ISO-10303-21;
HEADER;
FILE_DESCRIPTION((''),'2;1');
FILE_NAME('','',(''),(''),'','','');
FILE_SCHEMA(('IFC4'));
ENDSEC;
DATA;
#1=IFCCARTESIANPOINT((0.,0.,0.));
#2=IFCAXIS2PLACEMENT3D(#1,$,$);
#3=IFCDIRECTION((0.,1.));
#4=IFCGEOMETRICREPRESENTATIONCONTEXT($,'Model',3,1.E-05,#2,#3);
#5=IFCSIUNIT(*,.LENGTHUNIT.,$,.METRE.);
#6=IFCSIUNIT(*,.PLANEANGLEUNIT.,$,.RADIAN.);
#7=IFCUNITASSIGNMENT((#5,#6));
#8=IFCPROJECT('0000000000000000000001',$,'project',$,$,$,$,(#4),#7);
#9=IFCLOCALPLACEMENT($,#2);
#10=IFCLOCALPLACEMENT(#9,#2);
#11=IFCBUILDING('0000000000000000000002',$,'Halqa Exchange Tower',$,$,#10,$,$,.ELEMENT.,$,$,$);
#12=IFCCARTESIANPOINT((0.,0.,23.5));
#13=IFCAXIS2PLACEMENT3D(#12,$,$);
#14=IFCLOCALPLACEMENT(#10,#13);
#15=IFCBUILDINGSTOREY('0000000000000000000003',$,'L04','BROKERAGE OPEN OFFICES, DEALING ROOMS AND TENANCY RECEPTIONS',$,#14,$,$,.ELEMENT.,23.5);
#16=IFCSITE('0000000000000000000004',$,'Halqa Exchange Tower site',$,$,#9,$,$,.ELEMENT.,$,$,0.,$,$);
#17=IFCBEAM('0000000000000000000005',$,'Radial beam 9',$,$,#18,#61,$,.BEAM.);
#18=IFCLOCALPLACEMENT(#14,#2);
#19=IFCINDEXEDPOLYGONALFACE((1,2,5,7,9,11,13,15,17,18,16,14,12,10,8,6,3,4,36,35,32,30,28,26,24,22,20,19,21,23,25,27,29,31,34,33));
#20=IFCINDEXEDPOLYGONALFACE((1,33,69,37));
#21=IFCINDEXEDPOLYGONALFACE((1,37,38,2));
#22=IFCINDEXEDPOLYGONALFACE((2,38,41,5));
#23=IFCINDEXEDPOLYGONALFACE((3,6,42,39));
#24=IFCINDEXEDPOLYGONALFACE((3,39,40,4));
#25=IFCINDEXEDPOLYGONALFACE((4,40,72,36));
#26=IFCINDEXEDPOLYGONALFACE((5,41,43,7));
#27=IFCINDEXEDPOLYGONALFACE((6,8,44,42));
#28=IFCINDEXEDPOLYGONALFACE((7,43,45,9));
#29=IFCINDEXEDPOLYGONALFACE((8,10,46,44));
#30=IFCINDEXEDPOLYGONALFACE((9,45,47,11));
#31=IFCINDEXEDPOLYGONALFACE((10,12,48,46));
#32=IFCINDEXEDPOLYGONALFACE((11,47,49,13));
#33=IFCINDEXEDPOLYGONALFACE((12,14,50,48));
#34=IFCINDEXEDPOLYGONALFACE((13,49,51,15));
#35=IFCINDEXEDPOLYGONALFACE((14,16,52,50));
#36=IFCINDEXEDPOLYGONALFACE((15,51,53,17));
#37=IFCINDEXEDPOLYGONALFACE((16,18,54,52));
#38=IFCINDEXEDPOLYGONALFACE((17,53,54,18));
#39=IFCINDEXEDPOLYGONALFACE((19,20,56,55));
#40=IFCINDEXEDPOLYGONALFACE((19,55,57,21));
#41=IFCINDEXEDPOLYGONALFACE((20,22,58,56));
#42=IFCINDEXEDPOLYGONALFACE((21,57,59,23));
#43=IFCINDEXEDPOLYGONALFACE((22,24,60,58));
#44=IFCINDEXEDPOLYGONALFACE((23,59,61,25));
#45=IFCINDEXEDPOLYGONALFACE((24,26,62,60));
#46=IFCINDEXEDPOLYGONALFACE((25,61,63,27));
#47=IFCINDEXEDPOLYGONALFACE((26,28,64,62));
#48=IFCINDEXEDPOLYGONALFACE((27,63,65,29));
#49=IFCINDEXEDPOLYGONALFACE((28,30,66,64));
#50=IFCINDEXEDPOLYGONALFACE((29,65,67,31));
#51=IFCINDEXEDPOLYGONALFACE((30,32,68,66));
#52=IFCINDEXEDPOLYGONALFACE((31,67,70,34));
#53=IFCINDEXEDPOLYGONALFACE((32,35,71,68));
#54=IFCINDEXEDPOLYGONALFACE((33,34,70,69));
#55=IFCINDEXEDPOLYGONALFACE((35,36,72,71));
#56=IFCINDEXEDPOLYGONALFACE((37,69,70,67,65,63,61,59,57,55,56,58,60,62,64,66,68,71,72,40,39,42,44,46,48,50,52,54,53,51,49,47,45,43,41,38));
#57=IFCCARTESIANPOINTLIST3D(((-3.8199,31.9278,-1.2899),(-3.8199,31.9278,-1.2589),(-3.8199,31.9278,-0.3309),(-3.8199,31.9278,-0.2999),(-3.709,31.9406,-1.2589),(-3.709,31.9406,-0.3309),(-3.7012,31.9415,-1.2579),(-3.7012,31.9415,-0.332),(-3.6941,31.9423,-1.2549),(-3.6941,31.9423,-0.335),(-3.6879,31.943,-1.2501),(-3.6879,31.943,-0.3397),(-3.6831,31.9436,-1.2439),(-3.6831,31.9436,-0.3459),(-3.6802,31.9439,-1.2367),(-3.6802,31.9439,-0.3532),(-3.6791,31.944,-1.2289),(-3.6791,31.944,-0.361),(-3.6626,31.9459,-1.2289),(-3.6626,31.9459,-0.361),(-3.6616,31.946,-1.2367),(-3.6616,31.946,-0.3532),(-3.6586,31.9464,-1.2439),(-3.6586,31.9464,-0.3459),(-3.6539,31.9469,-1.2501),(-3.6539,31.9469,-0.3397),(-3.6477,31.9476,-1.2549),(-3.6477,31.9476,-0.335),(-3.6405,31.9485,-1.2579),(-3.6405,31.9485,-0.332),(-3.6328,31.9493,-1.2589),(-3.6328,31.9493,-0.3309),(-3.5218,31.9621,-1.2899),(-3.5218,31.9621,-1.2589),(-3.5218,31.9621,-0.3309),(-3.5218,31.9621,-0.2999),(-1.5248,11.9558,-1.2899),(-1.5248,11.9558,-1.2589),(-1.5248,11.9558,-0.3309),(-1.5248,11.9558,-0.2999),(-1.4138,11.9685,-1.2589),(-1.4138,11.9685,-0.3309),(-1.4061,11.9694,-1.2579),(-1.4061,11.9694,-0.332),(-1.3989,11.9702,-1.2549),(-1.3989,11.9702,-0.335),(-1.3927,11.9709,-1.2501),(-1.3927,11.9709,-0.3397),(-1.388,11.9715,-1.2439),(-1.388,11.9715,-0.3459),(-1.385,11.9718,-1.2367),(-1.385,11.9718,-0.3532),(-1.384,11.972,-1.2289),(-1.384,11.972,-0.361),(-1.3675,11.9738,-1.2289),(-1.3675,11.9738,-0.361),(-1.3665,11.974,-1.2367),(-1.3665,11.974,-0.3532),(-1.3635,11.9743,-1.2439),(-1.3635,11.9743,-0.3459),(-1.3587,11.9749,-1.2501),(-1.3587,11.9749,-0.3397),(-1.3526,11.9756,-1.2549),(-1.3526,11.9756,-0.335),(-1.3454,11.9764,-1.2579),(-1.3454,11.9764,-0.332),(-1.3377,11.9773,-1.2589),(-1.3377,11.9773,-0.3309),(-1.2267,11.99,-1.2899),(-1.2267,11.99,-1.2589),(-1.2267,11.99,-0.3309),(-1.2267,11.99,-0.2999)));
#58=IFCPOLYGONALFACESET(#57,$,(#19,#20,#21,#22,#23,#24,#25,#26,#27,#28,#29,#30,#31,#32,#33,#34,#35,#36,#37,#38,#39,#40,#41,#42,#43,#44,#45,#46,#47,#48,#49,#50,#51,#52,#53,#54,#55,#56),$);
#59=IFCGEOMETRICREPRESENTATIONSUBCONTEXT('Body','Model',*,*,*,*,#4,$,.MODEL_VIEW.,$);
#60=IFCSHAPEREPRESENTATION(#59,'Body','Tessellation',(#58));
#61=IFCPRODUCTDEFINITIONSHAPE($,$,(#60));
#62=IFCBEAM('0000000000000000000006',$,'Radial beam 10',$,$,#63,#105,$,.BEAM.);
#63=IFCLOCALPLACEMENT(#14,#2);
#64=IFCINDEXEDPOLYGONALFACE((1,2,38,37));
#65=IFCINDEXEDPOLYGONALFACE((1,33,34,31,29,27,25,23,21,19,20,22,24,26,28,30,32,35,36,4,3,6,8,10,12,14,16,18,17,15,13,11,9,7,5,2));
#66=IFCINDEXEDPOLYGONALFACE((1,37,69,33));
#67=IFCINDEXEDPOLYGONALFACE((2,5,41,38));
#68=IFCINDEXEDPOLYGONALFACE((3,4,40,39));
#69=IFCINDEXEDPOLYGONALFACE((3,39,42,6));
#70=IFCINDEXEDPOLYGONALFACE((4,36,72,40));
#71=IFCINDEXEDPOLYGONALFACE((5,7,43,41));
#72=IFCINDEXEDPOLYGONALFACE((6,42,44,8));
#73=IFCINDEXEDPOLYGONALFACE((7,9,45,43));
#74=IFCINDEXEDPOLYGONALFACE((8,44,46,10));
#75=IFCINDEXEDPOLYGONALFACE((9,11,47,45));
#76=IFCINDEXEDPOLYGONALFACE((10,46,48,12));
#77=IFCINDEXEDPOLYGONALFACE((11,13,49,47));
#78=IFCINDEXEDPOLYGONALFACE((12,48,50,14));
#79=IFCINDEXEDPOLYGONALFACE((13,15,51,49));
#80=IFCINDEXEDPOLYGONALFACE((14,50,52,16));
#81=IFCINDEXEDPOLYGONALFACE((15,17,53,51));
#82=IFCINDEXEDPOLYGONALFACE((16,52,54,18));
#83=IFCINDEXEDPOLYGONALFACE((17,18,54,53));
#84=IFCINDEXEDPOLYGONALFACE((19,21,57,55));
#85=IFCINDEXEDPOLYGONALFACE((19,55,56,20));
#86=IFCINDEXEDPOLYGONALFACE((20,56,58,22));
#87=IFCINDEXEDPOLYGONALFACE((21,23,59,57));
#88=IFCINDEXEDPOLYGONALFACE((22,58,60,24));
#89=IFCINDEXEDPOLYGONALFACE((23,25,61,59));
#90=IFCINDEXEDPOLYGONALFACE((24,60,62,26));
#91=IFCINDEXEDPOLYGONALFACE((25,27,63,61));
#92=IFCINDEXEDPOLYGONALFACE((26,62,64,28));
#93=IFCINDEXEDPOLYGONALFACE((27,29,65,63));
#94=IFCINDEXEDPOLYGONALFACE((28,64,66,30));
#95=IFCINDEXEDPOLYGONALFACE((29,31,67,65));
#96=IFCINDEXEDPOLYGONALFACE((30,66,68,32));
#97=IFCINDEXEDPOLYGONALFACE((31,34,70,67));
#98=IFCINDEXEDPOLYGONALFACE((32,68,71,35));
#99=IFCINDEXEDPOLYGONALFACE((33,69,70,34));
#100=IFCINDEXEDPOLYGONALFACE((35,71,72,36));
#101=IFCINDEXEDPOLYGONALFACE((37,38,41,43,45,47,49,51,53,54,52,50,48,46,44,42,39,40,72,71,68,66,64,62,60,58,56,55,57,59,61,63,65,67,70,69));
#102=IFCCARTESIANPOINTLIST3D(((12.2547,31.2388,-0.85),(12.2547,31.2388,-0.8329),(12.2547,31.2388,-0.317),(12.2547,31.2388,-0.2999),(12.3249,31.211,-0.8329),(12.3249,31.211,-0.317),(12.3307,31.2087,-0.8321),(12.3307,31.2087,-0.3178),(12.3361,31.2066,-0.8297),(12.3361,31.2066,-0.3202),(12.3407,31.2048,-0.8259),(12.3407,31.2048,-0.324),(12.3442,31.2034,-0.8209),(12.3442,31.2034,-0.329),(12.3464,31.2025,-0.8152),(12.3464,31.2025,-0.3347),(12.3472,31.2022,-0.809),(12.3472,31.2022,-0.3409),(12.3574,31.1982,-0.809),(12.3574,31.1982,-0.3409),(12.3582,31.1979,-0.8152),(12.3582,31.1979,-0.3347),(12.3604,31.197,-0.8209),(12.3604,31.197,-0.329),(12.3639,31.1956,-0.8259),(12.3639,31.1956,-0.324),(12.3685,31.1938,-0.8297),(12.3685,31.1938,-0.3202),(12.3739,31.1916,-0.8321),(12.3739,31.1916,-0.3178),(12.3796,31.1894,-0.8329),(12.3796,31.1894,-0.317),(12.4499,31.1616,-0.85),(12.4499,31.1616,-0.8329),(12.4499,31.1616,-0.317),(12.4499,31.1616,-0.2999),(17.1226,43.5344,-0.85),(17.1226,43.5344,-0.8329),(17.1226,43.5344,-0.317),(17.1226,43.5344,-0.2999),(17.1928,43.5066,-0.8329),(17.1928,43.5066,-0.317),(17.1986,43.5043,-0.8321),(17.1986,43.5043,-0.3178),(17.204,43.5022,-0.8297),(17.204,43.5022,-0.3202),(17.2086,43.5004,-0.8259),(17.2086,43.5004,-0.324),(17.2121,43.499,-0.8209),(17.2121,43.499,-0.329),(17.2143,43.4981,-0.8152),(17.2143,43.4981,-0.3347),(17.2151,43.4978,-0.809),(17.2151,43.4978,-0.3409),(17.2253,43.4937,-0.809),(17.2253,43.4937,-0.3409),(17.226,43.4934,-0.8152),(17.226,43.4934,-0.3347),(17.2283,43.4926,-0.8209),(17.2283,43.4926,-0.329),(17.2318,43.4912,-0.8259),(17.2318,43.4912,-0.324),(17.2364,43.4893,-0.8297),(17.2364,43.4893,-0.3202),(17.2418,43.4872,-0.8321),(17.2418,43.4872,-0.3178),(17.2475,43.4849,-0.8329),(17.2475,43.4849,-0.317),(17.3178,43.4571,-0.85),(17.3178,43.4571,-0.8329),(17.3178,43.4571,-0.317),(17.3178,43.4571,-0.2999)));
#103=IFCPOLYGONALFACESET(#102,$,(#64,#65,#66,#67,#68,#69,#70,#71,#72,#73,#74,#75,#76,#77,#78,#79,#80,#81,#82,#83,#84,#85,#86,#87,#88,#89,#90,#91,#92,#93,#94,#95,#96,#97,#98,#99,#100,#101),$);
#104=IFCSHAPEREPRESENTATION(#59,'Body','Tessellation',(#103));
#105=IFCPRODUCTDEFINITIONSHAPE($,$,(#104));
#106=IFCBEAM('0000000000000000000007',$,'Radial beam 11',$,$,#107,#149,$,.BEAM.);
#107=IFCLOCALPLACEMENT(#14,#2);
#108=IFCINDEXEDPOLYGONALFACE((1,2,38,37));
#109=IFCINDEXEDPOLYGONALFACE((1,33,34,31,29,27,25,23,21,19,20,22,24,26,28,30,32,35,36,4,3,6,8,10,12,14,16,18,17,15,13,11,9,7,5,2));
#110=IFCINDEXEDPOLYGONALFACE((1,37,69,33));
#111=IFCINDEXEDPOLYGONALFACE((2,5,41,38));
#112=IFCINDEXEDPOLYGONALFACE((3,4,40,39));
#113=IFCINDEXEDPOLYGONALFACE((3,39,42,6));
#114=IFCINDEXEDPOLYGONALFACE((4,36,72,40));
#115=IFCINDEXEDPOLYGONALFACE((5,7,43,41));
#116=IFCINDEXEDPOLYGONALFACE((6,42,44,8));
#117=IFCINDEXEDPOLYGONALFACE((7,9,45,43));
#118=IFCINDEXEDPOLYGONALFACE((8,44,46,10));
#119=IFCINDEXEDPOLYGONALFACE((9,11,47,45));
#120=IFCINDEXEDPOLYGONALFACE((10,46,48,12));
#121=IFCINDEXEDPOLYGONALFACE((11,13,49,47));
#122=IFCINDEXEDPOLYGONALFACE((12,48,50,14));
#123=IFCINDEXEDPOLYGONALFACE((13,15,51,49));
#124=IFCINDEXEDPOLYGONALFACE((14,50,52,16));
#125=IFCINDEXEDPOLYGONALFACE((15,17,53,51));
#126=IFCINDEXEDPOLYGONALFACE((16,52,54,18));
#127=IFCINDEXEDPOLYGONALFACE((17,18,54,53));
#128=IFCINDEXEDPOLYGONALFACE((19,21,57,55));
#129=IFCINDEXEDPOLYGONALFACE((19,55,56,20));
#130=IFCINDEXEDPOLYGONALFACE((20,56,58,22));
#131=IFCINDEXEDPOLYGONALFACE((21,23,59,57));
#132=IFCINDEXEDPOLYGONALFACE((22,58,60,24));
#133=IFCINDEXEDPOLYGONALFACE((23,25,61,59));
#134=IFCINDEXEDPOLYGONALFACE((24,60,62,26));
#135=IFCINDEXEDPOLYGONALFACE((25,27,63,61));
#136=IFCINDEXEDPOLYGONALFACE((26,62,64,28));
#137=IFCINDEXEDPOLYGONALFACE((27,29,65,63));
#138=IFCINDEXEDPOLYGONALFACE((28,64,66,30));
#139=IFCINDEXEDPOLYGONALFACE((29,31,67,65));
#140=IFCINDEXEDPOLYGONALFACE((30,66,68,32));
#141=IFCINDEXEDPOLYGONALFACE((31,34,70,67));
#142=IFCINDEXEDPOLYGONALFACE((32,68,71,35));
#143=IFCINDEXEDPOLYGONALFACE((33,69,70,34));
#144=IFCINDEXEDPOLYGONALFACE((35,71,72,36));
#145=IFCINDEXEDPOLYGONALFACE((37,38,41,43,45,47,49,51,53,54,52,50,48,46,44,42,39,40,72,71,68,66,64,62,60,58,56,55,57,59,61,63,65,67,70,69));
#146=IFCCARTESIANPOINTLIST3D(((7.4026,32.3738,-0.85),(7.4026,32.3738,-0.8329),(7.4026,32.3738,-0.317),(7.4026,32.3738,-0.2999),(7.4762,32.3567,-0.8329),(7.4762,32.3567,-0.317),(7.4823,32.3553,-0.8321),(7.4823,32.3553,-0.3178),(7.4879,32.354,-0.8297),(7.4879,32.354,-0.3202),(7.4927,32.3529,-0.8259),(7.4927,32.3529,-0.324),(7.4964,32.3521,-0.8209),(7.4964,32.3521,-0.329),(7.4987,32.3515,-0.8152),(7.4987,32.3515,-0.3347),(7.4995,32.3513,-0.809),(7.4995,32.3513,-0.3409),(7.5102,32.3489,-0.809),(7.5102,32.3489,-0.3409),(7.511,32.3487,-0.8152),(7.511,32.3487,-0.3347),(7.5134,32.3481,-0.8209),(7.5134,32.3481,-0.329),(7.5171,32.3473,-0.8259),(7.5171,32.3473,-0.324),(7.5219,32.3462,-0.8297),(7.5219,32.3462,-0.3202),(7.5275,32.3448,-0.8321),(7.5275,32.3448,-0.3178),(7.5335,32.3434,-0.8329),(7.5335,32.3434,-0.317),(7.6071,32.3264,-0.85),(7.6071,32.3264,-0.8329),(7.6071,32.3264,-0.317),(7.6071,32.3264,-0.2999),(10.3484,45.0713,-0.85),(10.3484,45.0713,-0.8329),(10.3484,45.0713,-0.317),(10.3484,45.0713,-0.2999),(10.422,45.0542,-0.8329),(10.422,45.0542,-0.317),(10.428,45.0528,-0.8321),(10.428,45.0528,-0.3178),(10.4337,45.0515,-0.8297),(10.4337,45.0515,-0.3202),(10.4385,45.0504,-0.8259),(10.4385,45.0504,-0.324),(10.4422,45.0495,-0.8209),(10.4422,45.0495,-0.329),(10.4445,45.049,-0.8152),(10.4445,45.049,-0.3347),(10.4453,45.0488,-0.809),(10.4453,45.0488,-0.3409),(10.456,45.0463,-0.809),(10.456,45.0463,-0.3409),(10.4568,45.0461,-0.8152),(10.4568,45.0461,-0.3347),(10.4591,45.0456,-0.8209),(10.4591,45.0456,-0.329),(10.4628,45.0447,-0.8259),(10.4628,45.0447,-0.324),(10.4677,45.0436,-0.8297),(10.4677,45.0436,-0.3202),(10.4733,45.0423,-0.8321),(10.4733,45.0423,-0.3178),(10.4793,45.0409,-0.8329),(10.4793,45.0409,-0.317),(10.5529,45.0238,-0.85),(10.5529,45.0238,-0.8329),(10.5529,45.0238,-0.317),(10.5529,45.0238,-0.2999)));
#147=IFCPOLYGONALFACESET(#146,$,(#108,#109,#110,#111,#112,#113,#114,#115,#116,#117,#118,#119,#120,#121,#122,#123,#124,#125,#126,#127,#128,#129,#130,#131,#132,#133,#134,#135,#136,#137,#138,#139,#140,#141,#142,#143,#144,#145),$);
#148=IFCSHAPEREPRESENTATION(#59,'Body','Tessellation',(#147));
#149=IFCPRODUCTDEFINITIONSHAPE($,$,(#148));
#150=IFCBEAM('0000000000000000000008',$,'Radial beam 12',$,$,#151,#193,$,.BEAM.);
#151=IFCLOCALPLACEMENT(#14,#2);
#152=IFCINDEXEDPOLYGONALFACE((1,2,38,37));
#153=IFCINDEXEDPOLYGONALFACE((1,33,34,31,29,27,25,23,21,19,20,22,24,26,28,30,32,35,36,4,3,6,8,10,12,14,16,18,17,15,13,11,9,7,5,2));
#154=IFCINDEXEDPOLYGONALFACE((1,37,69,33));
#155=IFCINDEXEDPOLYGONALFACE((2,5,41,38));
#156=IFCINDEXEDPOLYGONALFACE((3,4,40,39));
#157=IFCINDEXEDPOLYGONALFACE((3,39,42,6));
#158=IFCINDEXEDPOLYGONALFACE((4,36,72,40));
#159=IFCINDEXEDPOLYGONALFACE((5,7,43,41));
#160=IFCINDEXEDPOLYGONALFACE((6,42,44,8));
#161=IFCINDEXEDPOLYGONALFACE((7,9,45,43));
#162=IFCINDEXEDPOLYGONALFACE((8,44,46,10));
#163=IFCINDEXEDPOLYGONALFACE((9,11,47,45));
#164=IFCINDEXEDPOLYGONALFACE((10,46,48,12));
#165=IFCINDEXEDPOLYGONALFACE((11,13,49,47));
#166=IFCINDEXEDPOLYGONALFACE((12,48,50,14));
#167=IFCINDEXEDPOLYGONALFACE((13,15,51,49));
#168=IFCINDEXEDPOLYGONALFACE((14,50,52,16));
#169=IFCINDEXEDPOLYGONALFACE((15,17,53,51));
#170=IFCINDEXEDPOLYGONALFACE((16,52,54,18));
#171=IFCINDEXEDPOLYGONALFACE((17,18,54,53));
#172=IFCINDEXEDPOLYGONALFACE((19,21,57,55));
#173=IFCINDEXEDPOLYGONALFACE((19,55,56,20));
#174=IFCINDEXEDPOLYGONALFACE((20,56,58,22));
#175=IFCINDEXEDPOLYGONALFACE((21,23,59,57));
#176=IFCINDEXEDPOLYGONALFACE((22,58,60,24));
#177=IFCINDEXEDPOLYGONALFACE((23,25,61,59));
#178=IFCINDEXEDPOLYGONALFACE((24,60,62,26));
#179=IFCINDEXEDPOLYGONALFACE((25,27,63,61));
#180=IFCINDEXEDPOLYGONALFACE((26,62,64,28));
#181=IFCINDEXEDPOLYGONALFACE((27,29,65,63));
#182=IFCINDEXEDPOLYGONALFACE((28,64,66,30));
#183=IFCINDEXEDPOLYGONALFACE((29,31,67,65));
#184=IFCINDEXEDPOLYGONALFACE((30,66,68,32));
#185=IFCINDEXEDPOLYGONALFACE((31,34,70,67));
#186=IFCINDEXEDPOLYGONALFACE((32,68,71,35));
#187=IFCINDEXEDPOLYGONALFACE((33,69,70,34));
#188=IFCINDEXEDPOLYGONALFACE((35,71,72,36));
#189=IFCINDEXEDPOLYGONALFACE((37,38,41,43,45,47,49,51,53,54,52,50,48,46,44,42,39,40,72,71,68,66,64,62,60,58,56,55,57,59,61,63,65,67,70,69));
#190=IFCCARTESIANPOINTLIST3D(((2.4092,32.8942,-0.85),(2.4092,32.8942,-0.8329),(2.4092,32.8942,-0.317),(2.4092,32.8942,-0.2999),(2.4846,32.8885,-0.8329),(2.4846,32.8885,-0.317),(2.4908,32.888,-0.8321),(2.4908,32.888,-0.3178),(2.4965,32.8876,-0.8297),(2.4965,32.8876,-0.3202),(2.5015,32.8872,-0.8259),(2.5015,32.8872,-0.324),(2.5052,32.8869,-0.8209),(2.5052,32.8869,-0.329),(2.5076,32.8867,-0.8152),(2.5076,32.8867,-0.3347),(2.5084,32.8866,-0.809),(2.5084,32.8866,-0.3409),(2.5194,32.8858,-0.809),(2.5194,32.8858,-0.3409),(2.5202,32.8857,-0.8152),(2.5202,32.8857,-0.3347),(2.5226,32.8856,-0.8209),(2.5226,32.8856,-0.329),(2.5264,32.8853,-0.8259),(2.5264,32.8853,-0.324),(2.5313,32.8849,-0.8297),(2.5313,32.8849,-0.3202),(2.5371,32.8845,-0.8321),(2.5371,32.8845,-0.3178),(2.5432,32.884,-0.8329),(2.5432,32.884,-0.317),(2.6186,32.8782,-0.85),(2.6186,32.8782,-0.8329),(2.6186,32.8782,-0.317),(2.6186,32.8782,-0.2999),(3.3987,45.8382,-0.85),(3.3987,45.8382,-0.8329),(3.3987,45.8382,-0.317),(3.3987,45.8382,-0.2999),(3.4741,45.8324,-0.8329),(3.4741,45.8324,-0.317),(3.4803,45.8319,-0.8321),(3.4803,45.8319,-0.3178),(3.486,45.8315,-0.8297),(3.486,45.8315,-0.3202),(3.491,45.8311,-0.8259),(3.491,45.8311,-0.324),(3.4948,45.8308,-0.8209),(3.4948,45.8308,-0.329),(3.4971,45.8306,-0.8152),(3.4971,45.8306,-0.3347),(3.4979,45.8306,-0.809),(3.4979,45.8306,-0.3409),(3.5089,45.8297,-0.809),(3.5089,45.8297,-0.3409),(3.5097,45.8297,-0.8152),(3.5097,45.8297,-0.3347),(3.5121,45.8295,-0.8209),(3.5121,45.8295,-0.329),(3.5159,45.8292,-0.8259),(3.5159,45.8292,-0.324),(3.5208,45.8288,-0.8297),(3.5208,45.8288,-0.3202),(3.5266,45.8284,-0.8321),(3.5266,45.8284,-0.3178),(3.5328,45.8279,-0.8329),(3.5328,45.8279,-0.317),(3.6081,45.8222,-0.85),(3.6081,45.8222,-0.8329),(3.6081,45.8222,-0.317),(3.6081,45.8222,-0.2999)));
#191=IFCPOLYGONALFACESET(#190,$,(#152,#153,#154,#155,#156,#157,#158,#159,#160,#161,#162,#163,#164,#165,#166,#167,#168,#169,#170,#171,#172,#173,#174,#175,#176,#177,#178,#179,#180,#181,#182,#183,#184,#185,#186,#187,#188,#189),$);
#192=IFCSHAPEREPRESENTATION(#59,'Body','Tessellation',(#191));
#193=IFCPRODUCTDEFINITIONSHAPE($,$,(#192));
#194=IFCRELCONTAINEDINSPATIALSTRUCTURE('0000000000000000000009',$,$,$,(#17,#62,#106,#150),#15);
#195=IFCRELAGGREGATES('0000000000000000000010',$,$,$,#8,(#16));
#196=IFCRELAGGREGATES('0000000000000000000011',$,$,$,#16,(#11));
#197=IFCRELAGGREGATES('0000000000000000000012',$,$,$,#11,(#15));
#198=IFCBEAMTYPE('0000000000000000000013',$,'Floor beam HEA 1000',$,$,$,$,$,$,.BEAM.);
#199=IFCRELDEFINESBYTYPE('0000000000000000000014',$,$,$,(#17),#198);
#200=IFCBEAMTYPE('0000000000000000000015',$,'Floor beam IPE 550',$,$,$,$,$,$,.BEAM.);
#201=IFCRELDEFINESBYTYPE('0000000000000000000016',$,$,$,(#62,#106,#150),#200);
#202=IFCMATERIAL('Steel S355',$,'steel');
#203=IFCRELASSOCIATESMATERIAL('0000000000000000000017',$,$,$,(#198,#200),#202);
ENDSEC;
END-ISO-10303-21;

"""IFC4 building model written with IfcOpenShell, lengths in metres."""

from ifc_helpers import new_model, si_unit, direction, frame, origin, origin_2d, place, context, subcontext, project, spatial, i_section, extrude, material, material_profile, profile_set, type_object, element, save


model = new_model("IFC4")

# Units and contexts
model_context = context("Model", 3, precision=1e-05, world=origin(), true_north=direction((0.0, 1.0)))
body_context = subcontext(model_context, "Body", "Model", "MODEL_VIEW")
ifc_project = project(units=[si_unit("LENGTHUNIT", "METRE"), si_unit("PLANEANGLEUNIT", "RADIAN")], contexts=[model_context])

# Site, building, storey
site_placement = place(None, origin())
site = spatial("IfcSite", under=ifc_project, at=site_placement, Name="Halqa Exchange Tower site", CompositionType="ELEMENT", RefElevation=0.0)
building_placement = place(site_placement, origin())
building = spatial("IfcBuilding", under=site, at=building_placement, Name="Halqa Exchange Tower", CompositionType="ELEMENT")
storey_placement = place(building_placement, frame((0.0, 0.0, 23.5)))
storey = spatial("IfcBuildingStorey", under=building, at=storey_placement, Name="L04", Description="BROKERAGE OPEN OFFICES, DEALING ROOMS AND TENANCY RECEPTIONS", CompositionType="ELEMENT", Elevation=23.5)

# Beams
ifc_material_1 = material(Name="Steel S355", Category="steel")
ifc_material_profile_1 = material_profile(ifc_material_1, i_section(OverallWidth=0.3, OverallDepth=0.99, WebThickness=0.0166, FlangeThickness=0.031, FilletRadius=0.03, at=origin_2d()), Name="HEA 1000")
ifc_profile_set_1 = profile_set([ifc_material_profile_1], Name="Steel S355")
beam_type_1 = type_object("IfcBeamType", Name="Floor beam HEA 1000", PredefinedType="BEAM", material=ifc_profile_set_1)
for number, where, z_axis, x_axis, name in (
    (1, (-1.3757, 11.9729, -0.7949), (-0.114167, 0.993462, 0.0), (-0.993462, -0.114167, 0.0), "Radial beam 9"),
):
    element("IfcBeam", number, at=place(storey_placement, frame(where, z_axis=z_axis, x_axis=x_axis)), inside=storey, type_object=beam_type_1, Name=name, PredefinedType="BEAM", context=body_context, shape_type="SweptSolid", body=[
        extrude(i_section(OverallWidth=0.3, OverallDepth=0.99, WebThickness=0.0166, FlangeThickness=0.031, FilletRadius=0.03, at=origin_2d()), origin(), (0.0, 0.0, 1.0), 20.1035),
    ])
ifc_material_profile_2 = material_profile(ifc_material_1, i_section(OverallWidth=0.21, OverallDepth=0.55, WebThickness=0.011, FlangeThickness=0.0171, FilletRadius=0.0239, at=origin_2d()), Name="IPE 550")
ifc_profile_set_2 = profile_set([ifc_material_profile_2], Name="Steel S355")
beam_type_2 = type_object("IfcBeamType", Name="Floor beam IPE 550", PredefinedType="BEAM", material=ifc_profile_set_2)
beam_1_placement = place(storey_placement, frame((12.3523, 31.2002, -0.575), z_axis=(0.368107, 0.929784, 0.0), x_axis=(-0.929784, 0.368107, 0.0)))
element("IfcBeam", 2, at=beam_1_placement, inside=storey, type_object=beam_type_2, Name="Radial beam 10", PredefinedType="BEAM", context=body_context, shape_type="SweptSolid", body=[
    extrude(i_section(OverallWidth=0.21, OverallDepth=0.55, WebThickness=0.011, FlangeThickness=0.0171, FilletRadius=0.0239, at=origin_2d()), origin(), (0.0, 0.0, 1.0), 13.2241),
])
beam_2_placement = place(storey_placement, frame((7.5049, 32.3501, -0.575), z_axis=(0.225996, 0.974128, 0.0), x_axis=(-0.974128, 0.225996, 0.0)))
element("IfcBeam", 3, at=beam_2_placement, inside=storey, type_object=beam_type_2, Name="Radial beam 11", PredefinedType="BEAM", context=body_context, shape_type="SweptSolid", body=[
    extrude(i_section(OverallWidth=0.21, OverallDepth=0.55, WebThickness=0.011, FlangeThickness=0.0171, FilletRadius=0.0239, at=origin_2d()), origin(), (0.0, 0.0, 1.0), 13.0347),
])
beam_3_placement = place(storey_placement, frame((2.5139, 32.8862, -0.575), z_axis=(0.076223, 0.997091, 0.0), x_axis=(-0.997091, 0.076223, 0.0)))
element("IfcBeam", 4, at=beam_3_placement, inside=storey, type_object=beam_type_2, Name="Radial beam 12", PredefinedType="BEAM", context=body_context, shape_type="SweptSolid", body=[
    extrude(i_section(OverallWidth=0.21, OverallDepth=0.55, WebThickness=0.011, FlangeThickness=0.0171, FilletRadius=0.0239, at=origin_2d()), origin(), (0.0, 0.0, 1.0), 12.9817),
])

save(model, "model.ifc")
